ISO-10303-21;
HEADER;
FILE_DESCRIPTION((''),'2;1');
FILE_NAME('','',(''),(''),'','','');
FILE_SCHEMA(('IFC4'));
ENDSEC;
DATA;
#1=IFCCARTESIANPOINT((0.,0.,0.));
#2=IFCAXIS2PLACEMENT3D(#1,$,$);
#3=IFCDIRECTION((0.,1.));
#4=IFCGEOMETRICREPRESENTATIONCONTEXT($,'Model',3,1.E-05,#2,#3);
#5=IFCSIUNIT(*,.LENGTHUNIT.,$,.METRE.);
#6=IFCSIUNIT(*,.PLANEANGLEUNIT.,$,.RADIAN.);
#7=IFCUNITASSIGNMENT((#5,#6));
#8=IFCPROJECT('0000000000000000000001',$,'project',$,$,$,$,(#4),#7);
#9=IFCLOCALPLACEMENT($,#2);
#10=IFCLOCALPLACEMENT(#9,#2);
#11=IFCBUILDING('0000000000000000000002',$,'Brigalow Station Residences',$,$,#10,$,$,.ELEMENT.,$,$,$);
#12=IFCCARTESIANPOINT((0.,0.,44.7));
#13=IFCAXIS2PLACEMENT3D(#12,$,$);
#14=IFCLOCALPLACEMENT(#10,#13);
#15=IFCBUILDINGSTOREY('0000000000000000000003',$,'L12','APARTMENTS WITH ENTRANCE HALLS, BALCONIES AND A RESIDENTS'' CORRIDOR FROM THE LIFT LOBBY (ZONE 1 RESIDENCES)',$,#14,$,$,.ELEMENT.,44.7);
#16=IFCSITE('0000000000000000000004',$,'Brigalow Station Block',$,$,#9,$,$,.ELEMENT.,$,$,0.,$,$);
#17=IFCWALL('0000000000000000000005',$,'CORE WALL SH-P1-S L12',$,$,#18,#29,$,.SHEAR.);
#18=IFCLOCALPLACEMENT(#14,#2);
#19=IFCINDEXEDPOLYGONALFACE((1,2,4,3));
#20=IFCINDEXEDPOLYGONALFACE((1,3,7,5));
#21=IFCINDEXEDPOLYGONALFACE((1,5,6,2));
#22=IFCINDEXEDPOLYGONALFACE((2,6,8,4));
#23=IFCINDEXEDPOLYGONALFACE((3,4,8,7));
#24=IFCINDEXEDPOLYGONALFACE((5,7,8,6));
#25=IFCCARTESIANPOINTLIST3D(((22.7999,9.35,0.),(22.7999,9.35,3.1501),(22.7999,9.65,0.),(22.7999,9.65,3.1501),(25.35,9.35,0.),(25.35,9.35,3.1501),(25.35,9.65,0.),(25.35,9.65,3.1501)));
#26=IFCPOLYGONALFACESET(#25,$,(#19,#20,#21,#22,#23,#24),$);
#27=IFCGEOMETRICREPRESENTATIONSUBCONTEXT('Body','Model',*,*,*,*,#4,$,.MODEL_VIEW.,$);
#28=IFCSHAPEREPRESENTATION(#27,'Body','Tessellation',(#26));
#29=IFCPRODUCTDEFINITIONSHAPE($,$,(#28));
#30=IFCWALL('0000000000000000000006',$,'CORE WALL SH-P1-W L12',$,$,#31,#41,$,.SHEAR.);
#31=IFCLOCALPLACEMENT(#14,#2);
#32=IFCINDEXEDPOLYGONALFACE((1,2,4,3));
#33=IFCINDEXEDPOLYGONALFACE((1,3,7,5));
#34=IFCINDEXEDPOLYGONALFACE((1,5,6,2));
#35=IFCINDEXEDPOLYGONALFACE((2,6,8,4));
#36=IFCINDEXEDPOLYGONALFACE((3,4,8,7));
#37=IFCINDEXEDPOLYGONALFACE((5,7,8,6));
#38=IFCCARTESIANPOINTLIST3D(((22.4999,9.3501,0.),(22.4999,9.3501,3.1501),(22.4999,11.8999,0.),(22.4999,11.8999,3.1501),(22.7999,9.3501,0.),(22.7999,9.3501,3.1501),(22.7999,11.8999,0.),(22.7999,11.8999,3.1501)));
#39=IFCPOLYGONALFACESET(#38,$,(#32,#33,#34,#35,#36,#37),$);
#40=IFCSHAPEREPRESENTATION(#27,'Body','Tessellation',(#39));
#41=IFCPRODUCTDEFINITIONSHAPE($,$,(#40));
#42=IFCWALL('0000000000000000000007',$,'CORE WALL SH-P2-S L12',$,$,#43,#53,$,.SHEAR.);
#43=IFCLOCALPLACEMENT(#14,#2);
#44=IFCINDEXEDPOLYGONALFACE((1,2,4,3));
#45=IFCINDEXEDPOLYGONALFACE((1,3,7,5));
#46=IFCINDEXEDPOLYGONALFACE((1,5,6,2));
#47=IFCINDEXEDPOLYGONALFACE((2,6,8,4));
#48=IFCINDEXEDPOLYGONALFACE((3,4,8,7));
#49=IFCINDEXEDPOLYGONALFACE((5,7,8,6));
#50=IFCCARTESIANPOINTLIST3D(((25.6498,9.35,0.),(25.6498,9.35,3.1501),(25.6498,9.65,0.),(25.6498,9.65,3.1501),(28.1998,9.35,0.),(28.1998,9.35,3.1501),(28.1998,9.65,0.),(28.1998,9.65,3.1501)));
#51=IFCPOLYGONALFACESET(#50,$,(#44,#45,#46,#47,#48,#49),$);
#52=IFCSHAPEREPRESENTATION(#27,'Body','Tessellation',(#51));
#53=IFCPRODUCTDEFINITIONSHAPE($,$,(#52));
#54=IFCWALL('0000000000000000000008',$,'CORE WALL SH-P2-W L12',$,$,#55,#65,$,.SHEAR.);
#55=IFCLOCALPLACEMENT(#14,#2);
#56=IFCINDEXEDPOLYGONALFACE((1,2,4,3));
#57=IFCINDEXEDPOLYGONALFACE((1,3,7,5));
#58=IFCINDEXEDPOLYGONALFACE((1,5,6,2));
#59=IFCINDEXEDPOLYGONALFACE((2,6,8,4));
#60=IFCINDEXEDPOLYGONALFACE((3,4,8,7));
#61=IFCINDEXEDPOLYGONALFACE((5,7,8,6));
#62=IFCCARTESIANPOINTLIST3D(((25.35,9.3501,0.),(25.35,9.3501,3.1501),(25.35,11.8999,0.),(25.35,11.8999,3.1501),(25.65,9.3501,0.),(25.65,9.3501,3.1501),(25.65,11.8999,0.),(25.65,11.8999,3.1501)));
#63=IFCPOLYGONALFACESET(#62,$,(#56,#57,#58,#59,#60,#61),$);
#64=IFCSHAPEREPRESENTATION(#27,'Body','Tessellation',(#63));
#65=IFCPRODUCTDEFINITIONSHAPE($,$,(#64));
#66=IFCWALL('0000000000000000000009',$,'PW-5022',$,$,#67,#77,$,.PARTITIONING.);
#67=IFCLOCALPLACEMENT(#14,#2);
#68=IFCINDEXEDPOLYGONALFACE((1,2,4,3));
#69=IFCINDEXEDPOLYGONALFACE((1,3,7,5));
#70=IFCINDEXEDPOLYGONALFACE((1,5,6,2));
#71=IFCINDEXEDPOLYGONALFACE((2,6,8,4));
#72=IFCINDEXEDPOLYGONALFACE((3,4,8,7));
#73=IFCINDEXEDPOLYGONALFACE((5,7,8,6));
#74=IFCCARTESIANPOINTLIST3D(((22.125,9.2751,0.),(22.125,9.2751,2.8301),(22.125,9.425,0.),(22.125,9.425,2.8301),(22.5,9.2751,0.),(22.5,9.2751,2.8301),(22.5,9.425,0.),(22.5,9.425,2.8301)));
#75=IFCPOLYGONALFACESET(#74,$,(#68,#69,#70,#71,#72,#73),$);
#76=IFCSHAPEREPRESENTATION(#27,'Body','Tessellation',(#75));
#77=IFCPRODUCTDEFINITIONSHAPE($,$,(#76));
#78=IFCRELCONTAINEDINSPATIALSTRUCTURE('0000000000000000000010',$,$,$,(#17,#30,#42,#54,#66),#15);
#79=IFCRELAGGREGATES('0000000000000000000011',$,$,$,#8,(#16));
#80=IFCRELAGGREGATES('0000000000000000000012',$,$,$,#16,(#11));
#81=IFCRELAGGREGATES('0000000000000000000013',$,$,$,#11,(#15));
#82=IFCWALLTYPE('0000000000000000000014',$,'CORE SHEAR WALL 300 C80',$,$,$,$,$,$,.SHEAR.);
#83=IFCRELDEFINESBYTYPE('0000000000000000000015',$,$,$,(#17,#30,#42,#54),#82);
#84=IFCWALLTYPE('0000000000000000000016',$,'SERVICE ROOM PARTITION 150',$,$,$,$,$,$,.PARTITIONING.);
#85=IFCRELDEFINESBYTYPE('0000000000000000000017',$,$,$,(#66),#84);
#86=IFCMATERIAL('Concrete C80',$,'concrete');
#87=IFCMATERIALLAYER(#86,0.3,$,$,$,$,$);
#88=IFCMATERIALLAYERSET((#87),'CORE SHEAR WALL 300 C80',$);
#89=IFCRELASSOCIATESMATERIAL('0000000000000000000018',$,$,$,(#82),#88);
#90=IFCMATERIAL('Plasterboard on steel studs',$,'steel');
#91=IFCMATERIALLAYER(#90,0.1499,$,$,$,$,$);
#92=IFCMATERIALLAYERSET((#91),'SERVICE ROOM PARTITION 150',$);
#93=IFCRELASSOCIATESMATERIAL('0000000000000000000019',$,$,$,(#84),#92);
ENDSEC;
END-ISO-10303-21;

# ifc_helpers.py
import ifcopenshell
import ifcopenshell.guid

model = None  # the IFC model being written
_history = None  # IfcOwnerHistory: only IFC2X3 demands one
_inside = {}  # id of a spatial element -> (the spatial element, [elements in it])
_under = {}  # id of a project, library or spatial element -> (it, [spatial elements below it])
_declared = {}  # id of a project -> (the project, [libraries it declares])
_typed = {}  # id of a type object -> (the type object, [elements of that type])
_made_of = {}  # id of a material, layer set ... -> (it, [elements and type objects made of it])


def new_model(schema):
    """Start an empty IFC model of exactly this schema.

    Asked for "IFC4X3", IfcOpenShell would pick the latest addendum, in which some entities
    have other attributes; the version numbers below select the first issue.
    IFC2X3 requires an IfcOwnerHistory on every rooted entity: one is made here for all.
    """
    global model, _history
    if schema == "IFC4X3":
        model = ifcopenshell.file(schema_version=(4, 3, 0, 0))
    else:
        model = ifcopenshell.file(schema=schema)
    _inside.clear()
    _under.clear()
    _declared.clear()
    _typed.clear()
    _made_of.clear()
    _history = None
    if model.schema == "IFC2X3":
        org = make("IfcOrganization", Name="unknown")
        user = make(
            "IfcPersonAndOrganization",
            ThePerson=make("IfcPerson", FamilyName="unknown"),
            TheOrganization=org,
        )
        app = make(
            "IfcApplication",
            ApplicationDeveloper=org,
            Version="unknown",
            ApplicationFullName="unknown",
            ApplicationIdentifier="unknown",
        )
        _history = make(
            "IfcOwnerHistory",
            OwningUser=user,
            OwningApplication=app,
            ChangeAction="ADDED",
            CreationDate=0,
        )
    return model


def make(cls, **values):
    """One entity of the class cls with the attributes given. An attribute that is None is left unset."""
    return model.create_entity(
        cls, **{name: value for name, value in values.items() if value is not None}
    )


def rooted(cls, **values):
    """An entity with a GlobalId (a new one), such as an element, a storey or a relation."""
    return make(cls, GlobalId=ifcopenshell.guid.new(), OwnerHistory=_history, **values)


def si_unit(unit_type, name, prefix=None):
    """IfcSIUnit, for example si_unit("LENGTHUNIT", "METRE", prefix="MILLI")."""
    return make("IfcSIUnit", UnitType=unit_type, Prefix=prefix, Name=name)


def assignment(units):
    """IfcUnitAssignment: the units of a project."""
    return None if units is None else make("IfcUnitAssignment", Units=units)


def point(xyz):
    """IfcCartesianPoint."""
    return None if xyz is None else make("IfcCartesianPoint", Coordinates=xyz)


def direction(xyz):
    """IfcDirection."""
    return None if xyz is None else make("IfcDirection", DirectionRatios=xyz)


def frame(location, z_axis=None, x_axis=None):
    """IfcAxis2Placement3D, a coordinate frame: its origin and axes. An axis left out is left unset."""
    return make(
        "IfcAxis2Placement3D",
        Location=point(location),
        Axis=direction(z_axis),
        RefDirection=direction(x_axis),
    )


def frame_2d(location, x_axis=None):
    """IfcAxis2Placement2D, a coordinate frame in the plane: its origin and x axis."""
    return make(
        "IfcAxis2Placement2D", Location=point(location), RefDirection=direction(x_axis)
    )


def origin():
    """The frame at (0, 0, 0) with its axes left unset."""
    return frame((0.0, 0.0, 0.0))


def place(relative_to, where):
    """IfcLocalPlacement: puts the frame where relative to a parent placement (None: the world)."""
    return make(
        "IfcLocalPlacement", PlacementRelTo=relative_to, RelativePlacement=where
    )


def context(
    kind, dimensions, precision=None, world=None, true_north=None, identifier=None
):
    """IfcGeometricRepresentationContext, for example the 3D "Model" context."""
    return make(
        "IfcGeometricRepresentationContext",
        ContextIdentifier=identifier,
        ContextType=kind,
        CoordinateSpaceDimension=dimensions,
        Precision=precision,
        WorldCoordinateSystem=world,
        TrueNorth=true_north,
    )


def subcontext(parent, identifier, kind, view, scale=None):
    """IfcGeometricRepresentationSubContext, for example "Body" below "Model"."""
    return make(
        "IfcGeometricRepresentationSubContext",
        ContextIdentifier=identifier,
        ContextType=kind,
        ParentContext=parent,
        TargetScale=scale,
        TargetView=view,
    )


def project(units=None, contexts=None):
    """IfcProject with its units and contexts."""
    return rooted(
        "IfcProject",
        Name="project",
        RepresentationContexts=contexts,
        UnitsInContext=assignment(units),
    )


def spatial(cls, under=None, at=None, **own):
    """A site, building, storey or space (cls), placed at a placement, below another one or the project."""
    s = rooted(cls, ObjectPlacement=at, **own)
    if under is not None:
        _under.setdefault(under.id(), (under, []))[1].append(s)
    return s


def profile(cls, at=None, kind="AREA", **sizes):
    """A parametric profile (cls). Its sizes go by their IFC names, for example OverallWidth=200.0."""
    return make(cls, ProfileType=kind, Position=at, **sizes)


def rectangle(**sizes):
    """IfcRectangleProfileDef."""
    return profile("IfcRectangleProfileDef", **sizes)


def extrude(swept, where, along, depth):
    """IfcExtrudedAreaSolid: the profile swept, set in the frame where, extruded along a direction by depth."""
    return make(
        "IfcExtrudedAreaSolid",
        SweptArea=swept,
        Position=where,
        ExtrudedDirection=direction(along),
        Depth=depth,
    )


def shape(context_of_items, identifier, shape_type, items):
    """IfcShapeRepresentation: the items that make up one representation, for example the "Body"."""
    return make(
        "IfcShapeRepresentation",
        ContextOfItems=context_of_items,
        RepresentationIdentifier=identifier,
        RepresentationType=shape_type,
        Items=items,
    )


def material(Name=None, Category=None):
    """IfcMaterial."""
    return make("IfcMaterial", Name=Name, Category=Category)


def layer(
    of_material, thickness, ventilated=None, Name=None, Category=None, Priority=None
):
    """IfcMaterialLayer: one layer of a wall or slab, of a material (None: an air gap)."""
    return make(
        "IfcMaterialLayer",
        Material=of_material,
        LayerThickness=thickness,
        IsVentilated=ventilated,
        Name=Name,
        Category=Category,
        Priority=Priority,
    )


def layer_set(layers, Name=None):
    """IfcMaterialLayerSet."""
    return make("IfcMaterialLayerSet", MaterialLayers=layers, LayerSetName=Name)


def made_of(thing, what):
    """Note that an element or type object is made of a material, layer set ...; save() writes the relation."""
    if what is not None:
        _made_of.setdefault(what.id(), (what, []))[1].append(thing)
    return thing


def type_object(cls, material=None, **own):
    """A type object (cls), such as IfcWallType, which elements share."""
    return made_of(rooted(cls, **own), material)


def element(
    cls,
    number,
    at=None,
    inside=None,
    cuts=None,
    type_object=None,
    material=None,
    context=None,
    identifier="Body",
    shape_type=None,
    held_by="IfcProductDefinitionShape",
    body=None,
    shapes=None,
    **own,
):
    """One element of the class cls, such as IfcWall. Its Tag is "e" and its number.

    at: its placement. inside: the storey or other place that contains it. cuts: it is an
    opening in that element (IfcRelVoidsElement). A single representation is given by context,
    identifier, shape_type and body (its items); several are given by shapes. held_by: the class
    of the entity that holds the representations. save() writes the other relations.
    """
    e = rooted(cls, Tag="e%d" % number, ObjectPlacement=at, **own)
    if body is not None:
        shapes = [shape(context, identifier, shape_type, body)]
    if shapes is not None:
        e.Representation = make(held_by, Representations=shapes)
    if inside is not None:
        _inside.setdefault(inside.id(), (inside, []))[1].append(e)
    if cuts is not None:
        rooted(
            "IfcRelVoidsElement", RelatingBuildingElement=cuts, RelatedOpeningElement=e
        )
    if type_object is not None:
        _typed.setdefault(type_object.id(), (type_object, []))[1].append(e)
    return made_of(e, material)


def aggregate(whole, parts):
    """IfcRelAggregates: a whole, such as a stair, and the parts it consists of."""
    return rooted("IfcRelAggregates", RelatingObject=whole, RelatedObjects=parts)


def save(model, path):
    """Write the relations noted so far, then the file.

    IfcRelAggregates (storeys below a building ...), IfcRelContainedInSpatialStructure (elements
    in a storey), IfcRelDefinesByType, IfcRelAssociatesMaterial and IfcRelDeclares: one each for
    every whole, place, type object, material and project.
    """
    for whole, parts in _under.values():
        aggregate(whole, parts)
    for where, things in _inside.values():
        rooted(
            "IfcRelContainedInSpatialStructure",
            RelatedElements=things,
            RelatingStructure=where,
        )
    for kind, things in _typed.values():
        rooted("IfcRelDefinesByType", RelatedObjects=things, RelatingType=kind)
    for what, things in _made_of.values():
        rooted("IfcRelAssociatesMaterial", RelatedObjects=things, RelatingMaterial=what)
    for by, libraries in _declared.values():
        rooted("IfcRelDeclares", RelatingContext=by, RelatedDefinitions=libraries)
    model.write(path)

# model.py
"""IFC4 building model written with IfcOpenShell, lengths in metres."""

from ifc_helpers import new_model, si_unit, direction, frame, frame_2d, origin, place, context, subcontext, project, spatial, rectangle, extrude, material, layer, layer_set, type_object, element, save


model = new_model("IFC4")

# Units and contexts
model_context = context("Model", 3, precision=1e-05, world=origin(), true_north=direction((0.0, 1.0)))
body_context = subcontext(model_context, "Body", "Model", "MODEL_VIEW")
ifc_project = project(units=[si_unit("LENGTHUNIT", "METRE"), si_unit("PLANEANGLEUNIT", "RADIAN")], contexts=[model_context])

# Site, building, storey
site_placement = place(None, origin())
site = spatial("IfcSite", under=ifc_project, at=site_placement, Name="Brigalow Station Block", CompositionType="ELEMENT", RefElevation=0.0)
building_placement = place(site_placement, origin())
building = spatial("IfcBuilding", under=site, at=building_placement, Name="Brigalow Station Residences", CompositionType="ELEMENT")
storey_placement = place(building_placement, frame((0.0, 0.0, 44.7)))
storey = spatial("IfcBuildingStorey", under=building, at=storey_placement, Name="L12", Description="APARTMENTS WITH ENTRANCE HALLS, BALCONIES AND A RESIDENTS' CORRIDOR FROM THE LIFT LOBBY (ZONE 1 RESIDENCES)", CompositionType="ELEMENT", Elevation=44.7)

# Walls
ifc_material_1 = material(Name="Concrete C80", Category="concrete")
ifc_layer_1 = layer(ifc_material_1, 0.3)
ifc_layer_set_1 = layer_set([ifc_layer_1], Name="CORE SHEAR WALL 300 C80")
wall_type_1 = type_object("IfcWallType", Name="CORE SHEAR WALL 300 C80", PredefinedType="SHEAR", material=ifc_layer_set_1)
wall_1_placement = place(storey_placement, frame((22.8, 9.5, 0.0), z_axis=(0.0, 0.0, 1.0), x_axis=(1.0, 0.0, 0.0)))
element("IfcWall", 1, at=wall_1_placement, inside=storey, type_object=wall_type_1, Name="CORE WALL SH-P1-S L12", PredefinedType="SHEAR", context=body_context, shape_type="SweptSolid", body=[
    extrude(rectangle(XDim=2.55, YDim=0.3, at=frame_2d((1.2749, 0.0))), origin(), (0.0, 0.0, 1.0), 3.1501),
])
wall_2_placement = place(storey_placement, frame((22.6499, 9.3501, 0.0), z_axis=(0.0, 0.0, 1.0), x_axis=(0.0, 1.0, 0.0)))
element("IfcWall", 2, at=wall_2_placement, inside=storey, type_object=wall_type_1, Name="CORE WALL SH-P1-W L12", PredefinedType="SHEAR", context=body_context, shape_type="SweptSolid", body=[
    extrude(rectangle(XDim=2.5498, YDim=0.3, at=frame_2d((1.2749, 0.0))), origin(), (0.0, 0.0, 1.0), 3.1501),
])
wall_3_placement = place(storey_placement, frame((25.6499, 9.5, 0.0), z_axis=(0.0, 0.0, 1.0), x_axis=(1.0, 0.0, 0.0)))
element("IfcWall", 3, at=wall_3_placement, inside=storey, type_object=wall_type_1, Name="CORE WALL SH-P2-S L12", PredefinedType="SHEAR", context=body_context, shape_type="SweptSolid", body=[
    extrude(rectangle(XDim=2.55, YDim=0.3, at=frame_2d((1.2749, 0.0))), origin(), (0.0, 0.0, 1.0), 3.1501),
])
wall_4_placement = place(storey_placement, frame((25.5, 9.3501, 0.0), z_axis=(0.0, 0.0, 1.0), x_axis=(0.0, 1.0, 0.0)))
element("IfcWall", 4, at=wall_4_placement, inside=storey, type_object=wall_type_1, Name="CORE WALL SH-P2-W L12", PredefinedType="SHEAR", context=body_context, shape_type="SweptSolid", body=[
    extrude(rectangle(XDim=2.5498, YDim=0.3, at=frame_2d((1.2749, 0.0))), origin(), (0.0, 0.0, 1.0), 3.1501),
])

# Wall
ifc_material_2 = material(Name="Plasterboard on steel studs", Category="steel")
ifc_layer_2 = layer(ifc_material_2, 0.1499)
ifc_layer_set_2 = layer_set([ifc_layer_2], Name="SERVICE ROOM PARTITION 150")
wall_type_2 = type_object("IfcWallType", Name="SERVICE ROOM PARTITION 150", PredefinedType="PARTITIONING", material=ifc_layer_set_2)
wall_5_placement = place(storey_placement, frame((22.125, 9.3501, 0.0), z_axis=(0.0, 0.0, 1.0), x_axis=(1.0, 0.0, 0.0)))
element("IfcWall", 5, at=wall_5_placement, inside=storey, type_object=wall_type_2, Name="PW-5022", PredefinedType="PARTITIONING", context=body_context, shape_type="SweptSolid", body=[
    extrude(rectangle(XDim=0.375, YDim=0.1499, at=frame_2d((0.1875, 0.0))), origin(), (0.0, 0.0, 1.0), 2.8301),
])

save(model, "model.ifc")
